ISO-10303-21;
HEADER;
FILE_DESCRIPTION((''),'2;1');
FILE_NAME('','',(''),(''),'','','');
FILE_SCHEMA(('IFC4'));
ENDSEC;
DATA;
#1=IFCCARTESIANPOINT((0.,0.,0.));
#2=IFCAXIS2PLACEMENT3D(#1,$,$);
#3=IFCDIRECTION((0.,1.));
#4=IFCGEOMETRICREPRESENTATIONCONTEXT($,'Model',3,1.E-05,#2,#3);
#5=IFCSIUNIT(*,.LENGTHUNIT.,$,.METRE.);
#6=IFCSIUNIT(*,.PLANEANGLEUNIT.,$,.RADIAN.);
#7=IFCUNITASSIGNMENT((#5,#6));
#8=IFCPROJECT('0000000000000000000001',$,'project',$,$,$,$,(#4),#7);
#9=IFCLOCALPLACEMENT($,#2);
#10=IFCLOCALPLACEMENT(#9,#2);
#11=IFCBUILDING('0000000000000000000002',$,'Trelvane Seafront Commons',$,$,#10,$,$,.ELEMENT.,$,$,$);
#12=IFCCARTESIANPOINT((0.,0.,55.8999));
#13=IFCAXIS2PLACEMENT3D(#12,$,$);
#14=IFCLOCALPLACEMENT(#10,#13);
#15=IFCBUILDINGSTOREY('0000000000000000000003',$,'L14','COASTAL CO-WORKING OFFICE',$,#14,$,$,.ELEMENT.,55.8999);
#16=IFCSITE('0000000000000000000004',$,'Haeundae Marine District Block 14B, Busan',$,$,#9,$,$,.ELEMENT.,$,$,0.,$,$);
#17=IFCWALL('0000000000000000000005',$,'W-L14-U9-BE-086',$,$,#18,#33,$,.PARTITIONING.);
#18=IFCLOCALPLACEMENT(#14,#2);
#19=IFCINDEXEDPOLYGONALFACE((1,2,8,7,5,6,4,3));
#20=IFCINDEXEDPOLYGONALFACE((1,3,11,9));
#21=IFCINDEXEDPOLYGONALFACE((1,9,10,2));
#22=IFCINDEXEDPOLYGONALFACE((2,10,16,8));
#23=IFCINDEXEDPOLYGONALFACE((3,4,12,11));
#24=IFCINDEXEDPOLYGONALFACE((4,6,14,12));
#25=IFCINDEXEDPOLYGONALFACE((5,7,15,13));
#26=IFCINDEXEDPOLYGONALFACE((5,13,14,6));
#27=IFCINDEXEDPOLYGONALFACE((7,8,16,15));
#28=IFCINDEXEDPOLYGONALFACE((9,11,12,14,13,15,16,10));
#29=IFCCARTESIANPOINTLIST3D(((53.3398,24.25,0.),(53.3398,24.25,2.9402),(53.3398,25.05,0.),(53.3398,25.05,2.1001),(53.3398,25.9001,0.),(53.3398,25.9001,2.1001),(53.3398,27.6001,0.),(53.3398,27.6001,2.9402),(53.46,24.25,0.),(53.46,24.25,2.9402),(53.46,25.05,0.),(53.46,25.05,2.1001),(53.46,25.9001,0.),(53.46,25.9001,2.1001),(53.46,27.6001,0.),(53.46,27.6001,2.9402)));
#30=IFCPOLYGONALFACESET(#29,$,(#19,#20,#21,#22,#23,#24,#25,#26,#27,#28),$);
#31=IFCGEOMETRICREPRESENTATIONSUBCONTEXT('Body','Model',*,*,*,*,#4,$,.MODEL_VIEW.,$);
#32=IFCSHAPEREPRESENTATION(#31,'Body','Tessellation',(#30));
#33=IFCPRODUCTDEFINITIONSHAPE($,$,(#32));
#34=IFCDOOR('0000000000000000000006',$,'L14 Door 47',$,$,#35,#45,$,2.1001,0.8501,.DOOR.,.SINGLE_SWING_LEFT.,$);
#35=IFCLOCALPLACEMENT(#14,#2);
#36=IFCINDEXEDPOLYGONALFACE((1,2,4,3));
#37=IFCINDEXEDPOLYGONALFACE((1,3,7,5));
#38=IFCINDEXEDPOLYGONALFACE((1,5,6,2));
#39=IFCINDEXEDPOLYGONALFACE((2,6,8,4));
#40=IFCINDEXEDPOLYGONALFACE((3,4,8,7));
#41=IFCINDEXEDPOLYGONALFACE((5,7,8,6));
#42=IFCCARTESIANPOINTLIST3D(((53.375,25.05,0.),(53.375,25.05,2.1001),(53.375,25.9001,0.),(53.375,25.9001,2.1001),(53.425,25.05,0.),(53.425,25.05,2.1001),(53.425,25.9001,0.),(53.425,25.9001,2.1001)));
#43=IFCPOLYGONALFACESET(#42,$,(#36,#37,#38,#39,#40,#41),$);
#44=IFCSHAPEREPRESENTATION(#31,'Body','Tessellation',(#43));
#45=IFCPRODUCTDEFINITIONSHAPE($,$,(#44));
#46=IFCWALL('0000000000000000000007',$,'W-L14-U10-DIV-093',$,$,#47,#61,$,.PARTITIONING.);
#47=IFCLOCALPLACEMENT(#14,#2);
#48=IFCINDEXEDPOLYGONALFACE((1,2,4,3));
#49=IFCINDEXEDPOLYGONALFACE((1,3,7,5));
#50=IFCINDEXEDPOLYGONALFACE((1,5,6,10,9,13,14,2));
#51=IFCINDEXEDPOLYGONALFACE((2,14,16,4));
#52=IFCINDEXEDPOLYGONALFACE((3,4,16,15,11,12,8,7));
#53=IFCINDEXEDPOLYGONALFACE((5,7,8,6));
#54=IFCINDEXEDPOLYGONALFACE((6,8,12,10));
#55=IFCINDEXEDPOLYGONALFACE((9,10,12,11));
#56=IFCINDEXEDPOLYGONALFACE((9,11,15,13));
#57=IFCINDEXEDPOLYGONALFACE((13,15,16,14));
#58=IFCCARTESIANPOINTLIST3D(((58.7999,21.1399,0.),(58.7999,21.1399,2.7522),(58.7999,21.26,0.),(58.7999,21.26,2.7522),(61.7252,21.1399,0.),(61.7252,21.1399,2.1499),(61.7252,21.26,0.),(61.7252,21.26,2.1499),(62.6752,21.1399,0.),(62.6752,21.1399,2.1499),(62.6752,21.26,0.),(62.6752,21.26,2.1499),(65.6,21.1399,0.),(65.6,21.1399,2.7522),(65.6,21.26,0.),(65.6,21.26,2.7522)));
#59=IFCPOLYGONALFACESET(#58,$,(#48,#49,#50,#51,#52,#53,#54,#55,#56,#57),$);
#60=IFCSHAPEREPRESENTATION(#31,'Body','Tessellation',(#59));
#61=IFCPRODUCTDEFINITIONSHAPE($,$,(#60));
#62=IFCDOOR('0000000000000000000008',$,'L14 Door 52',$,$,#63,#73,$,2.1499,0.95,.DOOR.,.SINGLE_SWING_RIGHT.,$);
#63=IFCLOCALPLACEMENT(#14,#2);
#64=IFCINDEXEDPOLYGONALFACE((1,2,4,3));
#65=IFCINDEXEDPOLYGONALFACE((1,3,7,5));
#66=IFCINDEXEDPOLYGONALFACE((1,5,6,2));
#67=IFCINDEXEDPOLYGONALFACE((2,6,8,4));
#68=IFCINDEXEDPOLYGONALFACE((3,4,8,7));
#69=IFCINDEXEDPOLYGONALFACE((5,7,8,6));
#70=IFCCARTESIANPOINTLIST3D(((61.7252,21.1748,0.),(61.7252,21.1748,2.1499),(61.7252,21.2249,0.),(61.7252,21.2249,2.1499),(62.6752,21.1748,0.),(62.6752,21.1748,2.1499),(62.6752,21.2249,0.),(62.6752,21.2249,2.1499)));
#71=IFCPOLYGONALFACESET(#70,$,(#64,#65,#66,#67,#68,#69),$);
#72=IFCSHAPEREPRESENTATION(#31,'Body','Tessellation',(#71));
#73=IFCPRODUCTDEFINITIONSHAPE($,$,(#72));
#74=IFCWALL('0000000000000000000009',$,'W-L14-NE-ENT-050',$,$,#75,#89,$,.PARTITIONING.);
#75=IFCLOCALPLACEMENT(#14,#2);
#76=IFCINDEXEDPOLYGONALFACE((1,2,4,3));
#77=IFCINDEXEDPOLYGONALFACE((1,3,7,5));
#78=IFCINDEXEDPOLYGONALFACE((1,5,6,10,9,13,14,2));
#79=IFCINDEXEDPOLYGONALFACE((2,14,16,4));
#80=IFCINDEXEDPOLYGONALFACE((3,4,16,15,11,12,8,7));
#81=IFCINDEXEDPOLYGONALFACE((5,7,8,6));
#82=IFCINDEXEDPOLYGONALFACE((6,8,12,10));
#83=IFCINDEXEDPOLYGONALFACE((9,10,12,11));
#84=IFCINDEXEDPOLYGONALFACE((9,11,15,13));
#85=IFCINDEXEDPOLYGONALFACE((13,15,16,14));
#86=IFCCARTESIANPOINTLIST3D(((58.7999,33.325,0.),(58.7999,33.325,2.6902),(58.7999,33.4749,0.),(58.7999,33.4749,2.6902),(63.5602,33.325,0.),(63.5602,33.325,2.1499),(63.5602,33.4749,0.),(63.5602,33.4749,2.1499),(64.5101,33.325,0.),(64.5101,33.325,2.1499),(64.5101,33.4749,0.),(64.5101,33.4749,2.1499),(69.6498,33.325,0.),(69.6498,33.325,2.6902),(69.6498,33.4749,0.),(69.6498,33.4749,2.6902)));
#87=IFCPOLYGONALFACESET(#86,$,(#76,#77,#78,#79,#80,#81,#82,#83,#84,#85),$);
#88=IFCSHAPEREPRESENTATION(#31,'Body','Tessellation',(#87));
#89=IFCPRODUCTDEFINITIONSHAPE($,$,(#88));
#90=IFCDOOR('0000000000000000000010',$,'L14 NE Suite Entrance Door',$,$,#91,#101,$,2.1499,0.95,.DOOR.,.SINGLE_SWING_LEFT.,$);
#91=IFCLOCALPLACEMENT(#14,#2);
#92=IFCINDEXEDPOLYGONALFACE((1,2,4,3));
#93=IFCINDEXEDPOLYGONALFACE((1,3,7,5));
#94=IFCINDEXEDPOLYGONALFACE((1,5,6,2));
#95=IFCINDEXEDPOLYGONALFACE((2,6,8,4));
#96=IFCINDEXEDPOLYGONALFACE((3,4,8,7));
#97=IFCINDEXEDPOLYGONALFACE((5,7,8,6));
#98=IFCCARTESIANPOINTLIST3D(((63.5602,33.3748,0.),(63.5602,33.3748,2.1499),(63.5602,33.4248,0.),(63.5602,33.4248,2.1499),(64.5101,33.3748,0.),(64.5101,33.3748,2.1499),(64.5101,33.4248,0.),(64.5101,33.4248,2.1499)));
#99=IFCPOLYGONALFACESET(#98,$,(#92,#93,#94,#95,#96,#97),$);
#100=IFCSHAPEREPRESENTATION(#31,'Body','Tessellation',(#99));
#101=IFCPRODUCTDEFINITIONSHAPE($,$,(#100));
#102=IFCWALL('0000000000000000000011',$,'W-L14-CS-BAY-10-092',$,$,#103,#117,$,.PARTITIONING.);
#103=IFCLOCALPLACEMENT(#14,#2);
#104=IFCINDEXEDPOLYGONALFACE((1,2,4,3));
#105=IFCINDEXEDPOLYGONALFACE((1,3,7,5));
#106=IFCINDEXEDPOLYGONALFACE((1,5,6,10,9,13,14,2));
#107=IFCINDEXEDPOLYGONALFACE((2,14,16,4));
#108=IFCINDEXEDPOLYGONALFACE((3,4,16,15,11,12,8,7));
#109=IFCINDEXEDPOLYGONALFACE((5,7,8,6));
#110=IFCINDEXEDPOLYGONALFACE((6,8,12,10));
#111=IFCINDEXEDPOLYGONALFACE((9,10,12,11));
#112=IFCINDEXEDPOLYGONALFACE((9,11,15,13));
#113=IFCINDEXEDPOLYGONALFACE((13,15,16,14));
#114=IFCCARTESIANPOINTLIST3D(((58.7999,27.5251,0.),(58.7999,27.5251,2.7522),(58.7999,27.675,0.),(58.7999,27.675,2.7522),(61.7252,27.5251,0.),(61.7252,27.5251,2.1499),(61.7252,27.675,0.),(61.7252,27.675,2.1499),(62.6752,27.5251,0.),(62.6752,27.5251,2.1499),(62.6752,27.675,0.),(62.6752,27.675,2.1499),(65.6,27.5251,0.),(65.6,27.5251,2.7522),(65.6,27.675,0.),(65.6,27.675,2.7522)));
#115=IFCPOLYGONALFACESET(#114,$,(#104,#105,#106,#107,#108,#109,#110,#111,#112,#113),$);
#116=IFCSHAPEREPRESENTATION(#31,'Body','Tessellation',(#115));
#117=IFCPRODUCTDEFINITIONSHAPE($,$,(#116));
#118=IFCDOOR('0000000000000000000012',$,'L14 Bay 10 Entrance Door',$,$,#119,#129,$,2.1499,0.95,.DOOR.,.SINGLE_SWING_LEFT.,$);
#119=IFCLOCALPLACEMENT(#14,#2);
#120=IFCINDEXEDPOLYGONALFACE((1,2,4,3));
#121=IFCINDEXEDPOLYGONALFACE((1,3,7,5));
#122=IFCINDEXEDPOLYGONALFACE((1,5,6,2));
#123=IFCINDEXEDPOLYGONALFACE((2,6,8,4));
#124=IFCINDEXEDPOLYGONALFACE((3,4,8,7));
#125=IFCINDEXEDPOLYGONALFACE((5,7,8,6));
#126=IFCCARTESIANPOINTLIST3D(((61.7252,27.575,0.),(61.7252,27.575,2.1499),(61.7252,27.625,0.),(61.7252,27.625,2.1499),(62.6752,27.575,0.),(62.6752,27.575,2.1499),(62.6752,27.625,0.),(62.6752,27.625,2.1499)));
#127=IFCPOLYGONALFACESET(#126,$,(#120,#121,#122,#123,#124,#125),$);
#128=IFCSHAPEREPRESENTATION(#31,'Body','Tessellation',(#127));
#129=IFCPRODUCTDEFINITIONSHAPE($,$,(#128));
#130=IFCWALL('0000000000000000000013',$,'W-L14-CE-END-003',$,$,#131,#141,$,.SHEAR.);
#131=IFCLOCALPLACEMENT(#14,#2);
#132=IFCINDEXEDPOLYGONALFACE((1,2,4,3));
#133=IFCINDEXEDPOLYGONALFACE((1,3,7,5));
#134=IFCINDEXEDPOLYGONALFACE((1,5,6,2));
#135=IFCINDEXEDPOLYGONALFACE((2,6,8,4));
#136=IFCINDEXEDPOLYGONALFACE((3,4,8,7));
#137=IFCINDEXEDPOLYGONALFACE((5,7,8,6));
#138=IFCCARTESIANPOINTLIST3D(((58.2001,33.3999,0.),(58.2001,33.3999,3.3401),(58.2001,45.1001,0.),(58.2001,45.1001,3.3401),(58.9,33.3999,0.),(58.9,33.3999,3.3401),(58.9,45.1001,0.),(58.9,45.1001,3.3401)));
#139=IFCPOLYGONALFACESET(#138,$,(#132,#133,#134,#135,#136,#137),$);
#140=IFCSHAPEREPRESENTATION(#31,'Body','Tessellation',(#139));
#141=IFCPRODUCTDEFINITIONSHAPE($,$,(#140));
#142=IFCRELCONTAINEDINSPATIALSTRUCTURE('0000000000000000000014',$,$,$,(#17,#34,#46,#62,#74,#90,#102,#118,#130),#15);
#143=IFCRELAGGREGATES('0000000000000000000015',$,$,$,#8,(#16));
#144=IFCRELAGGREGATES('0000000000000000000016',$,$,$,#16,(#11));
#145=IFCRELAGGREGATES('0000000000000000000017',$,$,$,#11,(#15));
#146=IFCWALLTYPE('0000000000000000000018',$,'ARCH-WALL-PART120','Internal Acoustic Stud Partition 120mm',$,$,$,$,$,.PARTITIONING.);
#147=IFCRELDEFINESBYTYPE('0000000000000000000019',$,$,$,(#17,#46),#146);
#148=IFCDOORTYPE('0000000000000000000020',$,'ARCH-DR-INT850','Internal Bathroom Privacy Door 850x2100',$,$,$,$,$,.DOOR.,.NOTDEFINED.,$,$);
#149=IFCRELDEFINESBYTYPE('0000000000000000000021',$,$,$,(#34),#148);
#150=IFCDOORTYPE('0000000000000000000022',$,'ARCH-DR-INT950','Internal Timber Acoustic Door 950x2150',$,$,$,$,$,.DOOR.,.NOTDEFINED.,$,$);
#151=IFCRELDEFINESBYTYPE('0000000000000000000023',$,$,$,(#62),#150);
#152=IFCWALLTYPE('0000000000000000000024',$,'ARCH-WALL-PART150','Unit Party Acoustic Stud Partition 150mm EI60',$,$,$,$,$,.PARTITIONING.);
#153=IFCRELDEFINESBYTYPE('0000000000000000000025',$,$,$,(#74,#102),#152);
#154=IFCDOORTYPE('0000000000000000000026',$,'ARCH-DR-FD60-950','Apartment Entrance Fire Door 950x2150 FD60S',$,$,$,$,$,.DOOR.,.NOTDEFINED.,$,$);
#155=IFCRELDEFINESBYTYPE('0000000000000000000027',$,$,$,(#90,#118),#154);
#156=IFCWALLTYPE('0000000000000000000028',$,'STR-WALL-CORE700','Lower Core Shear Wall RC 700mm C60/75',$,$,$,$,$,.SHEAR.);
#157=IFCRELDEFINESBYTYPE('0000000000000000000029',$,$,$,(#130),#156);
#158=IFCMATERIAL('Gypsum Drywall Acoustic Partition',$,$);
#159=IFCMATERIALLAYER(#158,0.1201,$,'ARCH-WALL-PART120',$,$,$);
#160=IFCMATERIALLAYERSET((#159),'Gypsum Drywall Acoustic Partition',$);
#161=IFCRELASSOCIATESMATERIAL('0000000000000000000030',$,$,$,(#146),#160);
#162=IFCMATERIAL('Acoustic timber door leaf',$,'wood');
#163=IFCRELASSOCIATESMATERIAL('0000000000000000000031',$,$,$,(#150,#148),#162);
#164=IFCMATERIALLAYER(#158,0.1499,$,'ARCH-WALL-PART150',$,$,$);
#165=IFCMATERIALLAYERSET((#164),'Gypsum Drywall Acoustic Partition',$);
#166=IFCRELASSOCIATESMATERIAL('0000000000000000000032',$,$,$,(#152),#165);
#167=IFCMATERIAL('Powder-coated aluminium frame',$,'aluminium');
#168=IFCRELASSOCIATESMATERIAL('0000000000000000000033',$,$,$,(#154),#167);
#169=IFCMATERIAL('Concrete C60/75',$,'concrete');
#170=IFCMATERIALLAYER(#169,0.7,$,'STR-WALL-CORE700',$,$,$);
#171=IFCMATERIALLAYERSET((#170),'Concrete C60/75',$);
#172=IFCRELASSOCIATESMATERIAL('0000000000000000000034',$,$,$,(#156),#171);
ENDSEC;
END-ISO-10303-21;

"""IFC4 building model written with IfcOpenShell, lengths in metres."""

from ifc_helpers import new_model, si_unit, direction, frame, frame_2d, origin, place, context, subcontext, project, spatial, rectangle, extrude, source, transform, mapped, material, layer, layer_set, type_object, element, fill, save


model = new_model("IFC4")

# Units and contexts
model_context = context("Model", 3, precision=1e-05, world=origin(), true_north=direction((0.0, 1.0)))
body_context = subcontext(model_context, "Body", "Model", "MODEL_VIEW")
ifc_project = project(units=[si_unit("LENGTHUNIT", "METRE"), si_unit("PLANEANGLEUNIT", "RADIAN")], contexts=[model_context])

# Site, building, storey
site_placement = place(None, origin())
site = spatial("IfcSite", under=ifc_project, at=site_placement, Name="Haeundae Marine District Block 14B, Busan", CompositionType="ELEMENT", RefElevation=0.0)
building_placement = place(site_placement, origin())
building = spatial("IfcBuilding", under=site, at=building_placement, Name="Trelvane Seafront Commons", CompositionType="ELEMENT")
storey_placement = place(building_placement, frame((0.0, 0.0, 55.8999)))
storey = spatial("IfcBuildingStorey", under=building, at=storey_placement, Name="L14", Description="COASTAL CO-WORKING OFFICE", CompositionType="ELEMENT", Elevation=55.8999)

# Shared definitions
ifc_material_1 = material(Name="Concrete C60/75", Category="concrete")

# Shared definitions
ifc_material_2 = material(Name="Gypsum Drywall Acoustic Partition")
ifc_layer_1 = layer(ifc_material_2, 0.1201, Name="ARCH-WALL-PART120")
ifc_layer_set_1 = layer_set([ifc_layer_1], Name="Gypsum Drywall Acoustic Partition")
wall_type_1 = type_object("IfcWallType", Name="ARCH-WALL-PART120", Description="Internal Acoustic Stud Partition 120mm", PredefinedType="PARTITIONING", material=ifc_layer_set_1)
ifc_material_3 = material(Name="Acoustic timber door leaf", Category="wood")
door_type_1 = type_object("IfcDoorType", Name="ARCH-DR-INT950", Description="Internal Timber Acoustic Door 950x2150", OperationType="NOTDEFINED", PredefinedType="DOOR", material=ifc_material_3)
shared_shape_1 = source(origin(), body_context, "Body", "SweptSolid", [
    extrude(rectangle(XDim=0.95, YDim=2.1499, at=frame_2d((0.4751, 1.075))), frame((0.0, 0.0249, 0.0), z_axis=(0.0, -1.0, 0.0), x_axis=(1.0, 0.0, 0.0)), (0.0, 0.0, 1.0), 0.05),
])

# Walls, openings, doors
wall_1_placement = place(storey_placement, frame((53.3999, 24.25, 0.0), z_axis=(0.0, 0.0, 1.0), x_axis=(0.0, 1.0, 0.0)))
wall_1 = element("IfcWall", 1, at=wall_1_placement, inside=storey, type_object=wall_type_1, Name="W-L14-U9-BE-086", PredefinedType="PARTITIONING", context=body_context, shape_type="SweptSolid", body=[
    extrude(rectangle(XDim=3.3501, YDim=0.1201, at=frame_2d((1.675, 0.0))), origin(), (0.0, 0.0, 1.0), 2.9402),
])
opening_1_placement = place(wall_1_placement, frame((0.8, 0.0, 0.0)))
opening_1 = element("IfcOpeningElement", 2, at=opening_1_placement, cuts=wall_1, PredefinedType="OPENING", context=body_context, shape_type="SweptSolid", body=[
    extrude(rectangle(XDim=0.8501, YDim=2.1001, at=frame_2d((0.425, 1.05))), frame((0.0, 0.0701, 0.0), z_axis=(0.0, -1.0, 0.0), x_axis=(1.0, 0.0, 0.0)), (0.0, 0.0, 1.0), 0.1401),
])
door_type_2 = type_object("IfcDoorType", Name="ARCH-DR-INT850", Description="Internal Bathroom Privacy Door 850x2100", OperationType="NOTDEFINED", PredefinedType="DOOR", material=ifc_material_3)
shared_shape_2 = source(origin(), body_context, "Body", "SweptSolid", [
    extrude(rectangle(XDim=0.8501, YDim=2.1001, at=frame_2d((0.425, 1.05))), frame((0.0, 0.0249, 0.0), z_axis=(0.0, -1.0, 0.0), x_axis=(1.0, 0.0, 0.0)), (0.0, 0.0, 1.0), 0.05),
])
door_1_placement = place(opening_1_placement, origin())
door_1 = element("IfcDoor", 3, at=door_1_placement, inside=storey, type_object=door_type_2, Name="L14 Door 47", OperationType="SINGLE_SWING_LEFT", OverallHeight=2.1001, OverallWidth=0.8501, PredefinedType="DOOR", context=body_context, shape_type="MappedRepresentation", body=[
    mapped(shared_shape_2, transform((0.0, 0.0, 0.0), x_axis=(1.0, 0.0, 0.0), y_axis=(0.0, 1.0, 0.0), z_axis=(0.0, 0.0, 1.0), scale=1.0)),
])
fill(opening_1, door_1)
wall_2_placement = place(storey_placement, frame((58.8, 21.2, 0.0), z_axis=(0.0, 0.0, 1.0), x_axis=(1.0, 0.0, 0.0)))
wall_2 = element("IfcWall", 4, at=wall_2_placement, inside=storey, type_object=wall_type_1, Name="W-L14-U10-DIV-093", PredefinedType="PARTITIONING", context=body_context, shape_type="SweptSolid", body=[
    extrude(rectangle(XDim=6.8, YDim=0.1201, at=frame_2d((3.3999, 0.0))), origin(), (0.0, 0.0, 1.0), 2.7522),
])
opening_2_placement = place(wall_2_placement, frame((2.925, 0.0, 0.0)))
opening_2 = element("IfcOpeningElement", 5, at=opening_2_placement, cuts=wall_2, PredefinedType="OPENING", context=body_context, shape_type="SweptSolid", body=[
    extrude(rectangle(XDim=0.95, YDim=2.1499, at=frame_2d((0.4751, 1.075))), frame((0.0, 0.0701, 0.0), z_axis=(0.0, -1.0, 0.0), x_axis=(1.0, 0.0, 0.0)), (0.0, 0.0, 1.0), 0.1401),
])
door_2_placement = place(opening_2_placement, origin())
door_2 = element("IfcDoor", 6, at=door_2_placement, inside=storey, type_object=door_type_1, Name="L14 Door 52", OperationType="SINGLE_SWING_RIGHT", OverallHeight=2.1499, OverallWidth=0.95, PredefinedType="DOOR", context=body_context, shape_type="MappedRepresentation", body=[
    mapped(shared_shape_1, transform((0.0, 0.0, 0.0), x_axis=(1.0, 0.0, 0.0), y_axis=(0.0, 1.0, 0.0), z_axis=(0.0, 0.0, 1.0), scale=1.0)),
])
fill(opening_2, door_2)
ifc_layer_2 = layer(ifc_material_2, 0.1499, Name="ARCH-WALL-PART150")
ifc_layer_set_2 = layer_set([ifc_layer_2], Name="Gypsum Drywall Acoustic Partition")
wall_type_2 = type_object("IfcWallType", Name="ARCH-WALL-PART150", Description="Unit Party Acoustic Stud Partition 150mm EI60", PredefinedType="PARTITIONING", material=ifc_layer_set_2)
wall_3_placement = place(storey_placement, frame((58.8, 33.3999, 0.0), z_axis=(0.0, 0.0, 1.0), x_axis=(1.0, 0.0, 0.0)))
wall_3 = element("IfcWall", 7, at=wall_3_placement, inside=storey, type_object=wall_type_2, Name="W-L14-NE-ENT-050", PredefinedType="PARTITIONING", context=body_context, shape_type="SweptSolid", body=[
    extrude(rectangle(XDim=10.8499, YDim=0.1499, at=frame_2d((5.4248, 0.0))), origin(), (0.0, 0.0, 1.0), 2.6902),
])
opening_3_placement = place(wall_3_placement, frame((4.76, 0.0, 0.0)))
opening_3 = element("IfcOpeningElement", 8, at=opening_3_placement, cuts=wall_3, PredefinedType="OPENING", context=body_context, shape_type="SweptSolid", body=[
    extrude(rectangle(XDim=0.95, YDim=2.1499, at=frame_2d((0.4751, 1.075))), frame((0.0, 0.085, 0.0), z_axis=(0.0, -1.0, 0.0), x_axis=(1.0, 0.0, 0.0)), (0.0, 0.0, 1.0), 0.1699),
])
ifc_material_4 = material(Name="Powder-coated aluminium frame", Category="aluminium")
door_type_3 = type_object("IfcDoorType", Name="ARCH-DR-FD60-950", Description="Apartment Entrance Fire Door 950x2150 FD60S", OperationType="NOTDEFINED", PredefinedType="DOOR", material=ifc_material_4)
door_3_placement = place(opening_3_placement, origin())
door_3 = element("IfcDoor", 9, at=door_3_placement, inside=storey, type_object=door_type_3, Name="L14 NE Suite Entrance Door", OperationType="SINGLE_SWING_LEFT", OverallHeight=2.1499, OverallWidth=0.95, PredefinedType="DOOR", context=body_context, shape_type="MappedRepresentation", body=[
    mapped(shared_shape_1, transform((0.0, 0.0, 0.0), x_axis=(1.0, 0.0, 0.0), y_axis=(0.0, 1.0, 0.0), z_axis=(0.0, 0.0, 1.0), scale=1.0)),
])
fill(opening_3, door_3)
wall_4_placement = place(storey_placement, frame((58.8, 27.6001, 0.0), z_axis=(0.0, 0.0, 1.0), x_axis=(1.0, 0.0, 0.0)))
wall_4 = element("IfcWall", 10, at=wall_4_placement, inside=storey, type_object=wall_type_2, Name="W-L14-CS-BAY-10-092", PredefinedType="PARTITIONING", context=body_context, shape_type="SweptSolid", body=[
    extrude(rectangle(XDim=6.8, YDim=0.1499, at=frame_2d((3.3999, 0.0))), origin(), (0.0, 0.0, 1.0), 2.7522),
])
opening_4_placement = place(wall_4_placement, frame((2.925, 0.0, 0.0)))
opening_4 = element("IfcOpeningElement", 11, at=opening_4_placement, cuts=wall_4, PredefinedType="OPENING", context=body_context, shape_type="SweptSolid", body=[
    extrude(rectangle(XDim=0.95, YDim=2.1499, at=frame_2d((0.4751, 1.075))), frame((0.0, 0.085, 0.0), z_axis=(0.0, -1.0, 0.0), x_axis=(1.0, 0.0, 0.0)), (0.0, 0.0, 1.0), 0.1699),
])
door_4_placement = place(opening_4_placement, origin())
door_4 = element("IfcDoor", 12, at=door_4_placement, inside=storey, type_object=door_type_3, Name="L14 Bay 10 Entrance Door", OperationType="SINGLE_SWING_LEFT", OverallHeight=2.1499, OverallWidth=0.95, PredefinedType="DOOR", context=body_context, shape_type="MappedRepresentation", body=[
    mapped(shared_shape_1, transform((0.0, 0.0, 0.0), x_axis=(1.0, 0.0, 0.0), y_axis=(0.0, 1.0, 0.0), z_axis=(0.0, 0.0, 1.0), scale=1.0)),
])
fill(opening_4, door_4)

# Wall
ifc_layer_3 = layer(ifc_material_1, 0.7, Name="STR-WALL-CORE700")
ifc_layer_set_3 = layer_set([ifc_layer_3], Name="Concrete C60/75")
wall_type_3 = type_object("IfcWallType", Name="STR-WALL-CORE700", Description="Lower Core Shear Wall RC 700mm C60/75", PredefinedType="SHEAR", material=ifc_layer_set_3)
wall_5_placement = place(storey_placement, frame((58.55, 33.3999, 0.0), z_axis=(0.0, 0.0, 1.0), x_axis=(0.0, 1.0, 0.0)))
element("IfcWall", 13, at=wall_5_placement, inside=storey, type_object=wall_type_3, Name="W-L14-CE-END-003", PredefinedType="SHEAR", context=body_context, shape_type="SweptSolid", body=[
    extrude(rectangle(XDim=11.7002, YDim=0.7, at=frame_2d((5.8501, 0.0))), origin(), (0.0, 0.0, 1.0), 3.3401),
])

save(model, "model.ifc")
